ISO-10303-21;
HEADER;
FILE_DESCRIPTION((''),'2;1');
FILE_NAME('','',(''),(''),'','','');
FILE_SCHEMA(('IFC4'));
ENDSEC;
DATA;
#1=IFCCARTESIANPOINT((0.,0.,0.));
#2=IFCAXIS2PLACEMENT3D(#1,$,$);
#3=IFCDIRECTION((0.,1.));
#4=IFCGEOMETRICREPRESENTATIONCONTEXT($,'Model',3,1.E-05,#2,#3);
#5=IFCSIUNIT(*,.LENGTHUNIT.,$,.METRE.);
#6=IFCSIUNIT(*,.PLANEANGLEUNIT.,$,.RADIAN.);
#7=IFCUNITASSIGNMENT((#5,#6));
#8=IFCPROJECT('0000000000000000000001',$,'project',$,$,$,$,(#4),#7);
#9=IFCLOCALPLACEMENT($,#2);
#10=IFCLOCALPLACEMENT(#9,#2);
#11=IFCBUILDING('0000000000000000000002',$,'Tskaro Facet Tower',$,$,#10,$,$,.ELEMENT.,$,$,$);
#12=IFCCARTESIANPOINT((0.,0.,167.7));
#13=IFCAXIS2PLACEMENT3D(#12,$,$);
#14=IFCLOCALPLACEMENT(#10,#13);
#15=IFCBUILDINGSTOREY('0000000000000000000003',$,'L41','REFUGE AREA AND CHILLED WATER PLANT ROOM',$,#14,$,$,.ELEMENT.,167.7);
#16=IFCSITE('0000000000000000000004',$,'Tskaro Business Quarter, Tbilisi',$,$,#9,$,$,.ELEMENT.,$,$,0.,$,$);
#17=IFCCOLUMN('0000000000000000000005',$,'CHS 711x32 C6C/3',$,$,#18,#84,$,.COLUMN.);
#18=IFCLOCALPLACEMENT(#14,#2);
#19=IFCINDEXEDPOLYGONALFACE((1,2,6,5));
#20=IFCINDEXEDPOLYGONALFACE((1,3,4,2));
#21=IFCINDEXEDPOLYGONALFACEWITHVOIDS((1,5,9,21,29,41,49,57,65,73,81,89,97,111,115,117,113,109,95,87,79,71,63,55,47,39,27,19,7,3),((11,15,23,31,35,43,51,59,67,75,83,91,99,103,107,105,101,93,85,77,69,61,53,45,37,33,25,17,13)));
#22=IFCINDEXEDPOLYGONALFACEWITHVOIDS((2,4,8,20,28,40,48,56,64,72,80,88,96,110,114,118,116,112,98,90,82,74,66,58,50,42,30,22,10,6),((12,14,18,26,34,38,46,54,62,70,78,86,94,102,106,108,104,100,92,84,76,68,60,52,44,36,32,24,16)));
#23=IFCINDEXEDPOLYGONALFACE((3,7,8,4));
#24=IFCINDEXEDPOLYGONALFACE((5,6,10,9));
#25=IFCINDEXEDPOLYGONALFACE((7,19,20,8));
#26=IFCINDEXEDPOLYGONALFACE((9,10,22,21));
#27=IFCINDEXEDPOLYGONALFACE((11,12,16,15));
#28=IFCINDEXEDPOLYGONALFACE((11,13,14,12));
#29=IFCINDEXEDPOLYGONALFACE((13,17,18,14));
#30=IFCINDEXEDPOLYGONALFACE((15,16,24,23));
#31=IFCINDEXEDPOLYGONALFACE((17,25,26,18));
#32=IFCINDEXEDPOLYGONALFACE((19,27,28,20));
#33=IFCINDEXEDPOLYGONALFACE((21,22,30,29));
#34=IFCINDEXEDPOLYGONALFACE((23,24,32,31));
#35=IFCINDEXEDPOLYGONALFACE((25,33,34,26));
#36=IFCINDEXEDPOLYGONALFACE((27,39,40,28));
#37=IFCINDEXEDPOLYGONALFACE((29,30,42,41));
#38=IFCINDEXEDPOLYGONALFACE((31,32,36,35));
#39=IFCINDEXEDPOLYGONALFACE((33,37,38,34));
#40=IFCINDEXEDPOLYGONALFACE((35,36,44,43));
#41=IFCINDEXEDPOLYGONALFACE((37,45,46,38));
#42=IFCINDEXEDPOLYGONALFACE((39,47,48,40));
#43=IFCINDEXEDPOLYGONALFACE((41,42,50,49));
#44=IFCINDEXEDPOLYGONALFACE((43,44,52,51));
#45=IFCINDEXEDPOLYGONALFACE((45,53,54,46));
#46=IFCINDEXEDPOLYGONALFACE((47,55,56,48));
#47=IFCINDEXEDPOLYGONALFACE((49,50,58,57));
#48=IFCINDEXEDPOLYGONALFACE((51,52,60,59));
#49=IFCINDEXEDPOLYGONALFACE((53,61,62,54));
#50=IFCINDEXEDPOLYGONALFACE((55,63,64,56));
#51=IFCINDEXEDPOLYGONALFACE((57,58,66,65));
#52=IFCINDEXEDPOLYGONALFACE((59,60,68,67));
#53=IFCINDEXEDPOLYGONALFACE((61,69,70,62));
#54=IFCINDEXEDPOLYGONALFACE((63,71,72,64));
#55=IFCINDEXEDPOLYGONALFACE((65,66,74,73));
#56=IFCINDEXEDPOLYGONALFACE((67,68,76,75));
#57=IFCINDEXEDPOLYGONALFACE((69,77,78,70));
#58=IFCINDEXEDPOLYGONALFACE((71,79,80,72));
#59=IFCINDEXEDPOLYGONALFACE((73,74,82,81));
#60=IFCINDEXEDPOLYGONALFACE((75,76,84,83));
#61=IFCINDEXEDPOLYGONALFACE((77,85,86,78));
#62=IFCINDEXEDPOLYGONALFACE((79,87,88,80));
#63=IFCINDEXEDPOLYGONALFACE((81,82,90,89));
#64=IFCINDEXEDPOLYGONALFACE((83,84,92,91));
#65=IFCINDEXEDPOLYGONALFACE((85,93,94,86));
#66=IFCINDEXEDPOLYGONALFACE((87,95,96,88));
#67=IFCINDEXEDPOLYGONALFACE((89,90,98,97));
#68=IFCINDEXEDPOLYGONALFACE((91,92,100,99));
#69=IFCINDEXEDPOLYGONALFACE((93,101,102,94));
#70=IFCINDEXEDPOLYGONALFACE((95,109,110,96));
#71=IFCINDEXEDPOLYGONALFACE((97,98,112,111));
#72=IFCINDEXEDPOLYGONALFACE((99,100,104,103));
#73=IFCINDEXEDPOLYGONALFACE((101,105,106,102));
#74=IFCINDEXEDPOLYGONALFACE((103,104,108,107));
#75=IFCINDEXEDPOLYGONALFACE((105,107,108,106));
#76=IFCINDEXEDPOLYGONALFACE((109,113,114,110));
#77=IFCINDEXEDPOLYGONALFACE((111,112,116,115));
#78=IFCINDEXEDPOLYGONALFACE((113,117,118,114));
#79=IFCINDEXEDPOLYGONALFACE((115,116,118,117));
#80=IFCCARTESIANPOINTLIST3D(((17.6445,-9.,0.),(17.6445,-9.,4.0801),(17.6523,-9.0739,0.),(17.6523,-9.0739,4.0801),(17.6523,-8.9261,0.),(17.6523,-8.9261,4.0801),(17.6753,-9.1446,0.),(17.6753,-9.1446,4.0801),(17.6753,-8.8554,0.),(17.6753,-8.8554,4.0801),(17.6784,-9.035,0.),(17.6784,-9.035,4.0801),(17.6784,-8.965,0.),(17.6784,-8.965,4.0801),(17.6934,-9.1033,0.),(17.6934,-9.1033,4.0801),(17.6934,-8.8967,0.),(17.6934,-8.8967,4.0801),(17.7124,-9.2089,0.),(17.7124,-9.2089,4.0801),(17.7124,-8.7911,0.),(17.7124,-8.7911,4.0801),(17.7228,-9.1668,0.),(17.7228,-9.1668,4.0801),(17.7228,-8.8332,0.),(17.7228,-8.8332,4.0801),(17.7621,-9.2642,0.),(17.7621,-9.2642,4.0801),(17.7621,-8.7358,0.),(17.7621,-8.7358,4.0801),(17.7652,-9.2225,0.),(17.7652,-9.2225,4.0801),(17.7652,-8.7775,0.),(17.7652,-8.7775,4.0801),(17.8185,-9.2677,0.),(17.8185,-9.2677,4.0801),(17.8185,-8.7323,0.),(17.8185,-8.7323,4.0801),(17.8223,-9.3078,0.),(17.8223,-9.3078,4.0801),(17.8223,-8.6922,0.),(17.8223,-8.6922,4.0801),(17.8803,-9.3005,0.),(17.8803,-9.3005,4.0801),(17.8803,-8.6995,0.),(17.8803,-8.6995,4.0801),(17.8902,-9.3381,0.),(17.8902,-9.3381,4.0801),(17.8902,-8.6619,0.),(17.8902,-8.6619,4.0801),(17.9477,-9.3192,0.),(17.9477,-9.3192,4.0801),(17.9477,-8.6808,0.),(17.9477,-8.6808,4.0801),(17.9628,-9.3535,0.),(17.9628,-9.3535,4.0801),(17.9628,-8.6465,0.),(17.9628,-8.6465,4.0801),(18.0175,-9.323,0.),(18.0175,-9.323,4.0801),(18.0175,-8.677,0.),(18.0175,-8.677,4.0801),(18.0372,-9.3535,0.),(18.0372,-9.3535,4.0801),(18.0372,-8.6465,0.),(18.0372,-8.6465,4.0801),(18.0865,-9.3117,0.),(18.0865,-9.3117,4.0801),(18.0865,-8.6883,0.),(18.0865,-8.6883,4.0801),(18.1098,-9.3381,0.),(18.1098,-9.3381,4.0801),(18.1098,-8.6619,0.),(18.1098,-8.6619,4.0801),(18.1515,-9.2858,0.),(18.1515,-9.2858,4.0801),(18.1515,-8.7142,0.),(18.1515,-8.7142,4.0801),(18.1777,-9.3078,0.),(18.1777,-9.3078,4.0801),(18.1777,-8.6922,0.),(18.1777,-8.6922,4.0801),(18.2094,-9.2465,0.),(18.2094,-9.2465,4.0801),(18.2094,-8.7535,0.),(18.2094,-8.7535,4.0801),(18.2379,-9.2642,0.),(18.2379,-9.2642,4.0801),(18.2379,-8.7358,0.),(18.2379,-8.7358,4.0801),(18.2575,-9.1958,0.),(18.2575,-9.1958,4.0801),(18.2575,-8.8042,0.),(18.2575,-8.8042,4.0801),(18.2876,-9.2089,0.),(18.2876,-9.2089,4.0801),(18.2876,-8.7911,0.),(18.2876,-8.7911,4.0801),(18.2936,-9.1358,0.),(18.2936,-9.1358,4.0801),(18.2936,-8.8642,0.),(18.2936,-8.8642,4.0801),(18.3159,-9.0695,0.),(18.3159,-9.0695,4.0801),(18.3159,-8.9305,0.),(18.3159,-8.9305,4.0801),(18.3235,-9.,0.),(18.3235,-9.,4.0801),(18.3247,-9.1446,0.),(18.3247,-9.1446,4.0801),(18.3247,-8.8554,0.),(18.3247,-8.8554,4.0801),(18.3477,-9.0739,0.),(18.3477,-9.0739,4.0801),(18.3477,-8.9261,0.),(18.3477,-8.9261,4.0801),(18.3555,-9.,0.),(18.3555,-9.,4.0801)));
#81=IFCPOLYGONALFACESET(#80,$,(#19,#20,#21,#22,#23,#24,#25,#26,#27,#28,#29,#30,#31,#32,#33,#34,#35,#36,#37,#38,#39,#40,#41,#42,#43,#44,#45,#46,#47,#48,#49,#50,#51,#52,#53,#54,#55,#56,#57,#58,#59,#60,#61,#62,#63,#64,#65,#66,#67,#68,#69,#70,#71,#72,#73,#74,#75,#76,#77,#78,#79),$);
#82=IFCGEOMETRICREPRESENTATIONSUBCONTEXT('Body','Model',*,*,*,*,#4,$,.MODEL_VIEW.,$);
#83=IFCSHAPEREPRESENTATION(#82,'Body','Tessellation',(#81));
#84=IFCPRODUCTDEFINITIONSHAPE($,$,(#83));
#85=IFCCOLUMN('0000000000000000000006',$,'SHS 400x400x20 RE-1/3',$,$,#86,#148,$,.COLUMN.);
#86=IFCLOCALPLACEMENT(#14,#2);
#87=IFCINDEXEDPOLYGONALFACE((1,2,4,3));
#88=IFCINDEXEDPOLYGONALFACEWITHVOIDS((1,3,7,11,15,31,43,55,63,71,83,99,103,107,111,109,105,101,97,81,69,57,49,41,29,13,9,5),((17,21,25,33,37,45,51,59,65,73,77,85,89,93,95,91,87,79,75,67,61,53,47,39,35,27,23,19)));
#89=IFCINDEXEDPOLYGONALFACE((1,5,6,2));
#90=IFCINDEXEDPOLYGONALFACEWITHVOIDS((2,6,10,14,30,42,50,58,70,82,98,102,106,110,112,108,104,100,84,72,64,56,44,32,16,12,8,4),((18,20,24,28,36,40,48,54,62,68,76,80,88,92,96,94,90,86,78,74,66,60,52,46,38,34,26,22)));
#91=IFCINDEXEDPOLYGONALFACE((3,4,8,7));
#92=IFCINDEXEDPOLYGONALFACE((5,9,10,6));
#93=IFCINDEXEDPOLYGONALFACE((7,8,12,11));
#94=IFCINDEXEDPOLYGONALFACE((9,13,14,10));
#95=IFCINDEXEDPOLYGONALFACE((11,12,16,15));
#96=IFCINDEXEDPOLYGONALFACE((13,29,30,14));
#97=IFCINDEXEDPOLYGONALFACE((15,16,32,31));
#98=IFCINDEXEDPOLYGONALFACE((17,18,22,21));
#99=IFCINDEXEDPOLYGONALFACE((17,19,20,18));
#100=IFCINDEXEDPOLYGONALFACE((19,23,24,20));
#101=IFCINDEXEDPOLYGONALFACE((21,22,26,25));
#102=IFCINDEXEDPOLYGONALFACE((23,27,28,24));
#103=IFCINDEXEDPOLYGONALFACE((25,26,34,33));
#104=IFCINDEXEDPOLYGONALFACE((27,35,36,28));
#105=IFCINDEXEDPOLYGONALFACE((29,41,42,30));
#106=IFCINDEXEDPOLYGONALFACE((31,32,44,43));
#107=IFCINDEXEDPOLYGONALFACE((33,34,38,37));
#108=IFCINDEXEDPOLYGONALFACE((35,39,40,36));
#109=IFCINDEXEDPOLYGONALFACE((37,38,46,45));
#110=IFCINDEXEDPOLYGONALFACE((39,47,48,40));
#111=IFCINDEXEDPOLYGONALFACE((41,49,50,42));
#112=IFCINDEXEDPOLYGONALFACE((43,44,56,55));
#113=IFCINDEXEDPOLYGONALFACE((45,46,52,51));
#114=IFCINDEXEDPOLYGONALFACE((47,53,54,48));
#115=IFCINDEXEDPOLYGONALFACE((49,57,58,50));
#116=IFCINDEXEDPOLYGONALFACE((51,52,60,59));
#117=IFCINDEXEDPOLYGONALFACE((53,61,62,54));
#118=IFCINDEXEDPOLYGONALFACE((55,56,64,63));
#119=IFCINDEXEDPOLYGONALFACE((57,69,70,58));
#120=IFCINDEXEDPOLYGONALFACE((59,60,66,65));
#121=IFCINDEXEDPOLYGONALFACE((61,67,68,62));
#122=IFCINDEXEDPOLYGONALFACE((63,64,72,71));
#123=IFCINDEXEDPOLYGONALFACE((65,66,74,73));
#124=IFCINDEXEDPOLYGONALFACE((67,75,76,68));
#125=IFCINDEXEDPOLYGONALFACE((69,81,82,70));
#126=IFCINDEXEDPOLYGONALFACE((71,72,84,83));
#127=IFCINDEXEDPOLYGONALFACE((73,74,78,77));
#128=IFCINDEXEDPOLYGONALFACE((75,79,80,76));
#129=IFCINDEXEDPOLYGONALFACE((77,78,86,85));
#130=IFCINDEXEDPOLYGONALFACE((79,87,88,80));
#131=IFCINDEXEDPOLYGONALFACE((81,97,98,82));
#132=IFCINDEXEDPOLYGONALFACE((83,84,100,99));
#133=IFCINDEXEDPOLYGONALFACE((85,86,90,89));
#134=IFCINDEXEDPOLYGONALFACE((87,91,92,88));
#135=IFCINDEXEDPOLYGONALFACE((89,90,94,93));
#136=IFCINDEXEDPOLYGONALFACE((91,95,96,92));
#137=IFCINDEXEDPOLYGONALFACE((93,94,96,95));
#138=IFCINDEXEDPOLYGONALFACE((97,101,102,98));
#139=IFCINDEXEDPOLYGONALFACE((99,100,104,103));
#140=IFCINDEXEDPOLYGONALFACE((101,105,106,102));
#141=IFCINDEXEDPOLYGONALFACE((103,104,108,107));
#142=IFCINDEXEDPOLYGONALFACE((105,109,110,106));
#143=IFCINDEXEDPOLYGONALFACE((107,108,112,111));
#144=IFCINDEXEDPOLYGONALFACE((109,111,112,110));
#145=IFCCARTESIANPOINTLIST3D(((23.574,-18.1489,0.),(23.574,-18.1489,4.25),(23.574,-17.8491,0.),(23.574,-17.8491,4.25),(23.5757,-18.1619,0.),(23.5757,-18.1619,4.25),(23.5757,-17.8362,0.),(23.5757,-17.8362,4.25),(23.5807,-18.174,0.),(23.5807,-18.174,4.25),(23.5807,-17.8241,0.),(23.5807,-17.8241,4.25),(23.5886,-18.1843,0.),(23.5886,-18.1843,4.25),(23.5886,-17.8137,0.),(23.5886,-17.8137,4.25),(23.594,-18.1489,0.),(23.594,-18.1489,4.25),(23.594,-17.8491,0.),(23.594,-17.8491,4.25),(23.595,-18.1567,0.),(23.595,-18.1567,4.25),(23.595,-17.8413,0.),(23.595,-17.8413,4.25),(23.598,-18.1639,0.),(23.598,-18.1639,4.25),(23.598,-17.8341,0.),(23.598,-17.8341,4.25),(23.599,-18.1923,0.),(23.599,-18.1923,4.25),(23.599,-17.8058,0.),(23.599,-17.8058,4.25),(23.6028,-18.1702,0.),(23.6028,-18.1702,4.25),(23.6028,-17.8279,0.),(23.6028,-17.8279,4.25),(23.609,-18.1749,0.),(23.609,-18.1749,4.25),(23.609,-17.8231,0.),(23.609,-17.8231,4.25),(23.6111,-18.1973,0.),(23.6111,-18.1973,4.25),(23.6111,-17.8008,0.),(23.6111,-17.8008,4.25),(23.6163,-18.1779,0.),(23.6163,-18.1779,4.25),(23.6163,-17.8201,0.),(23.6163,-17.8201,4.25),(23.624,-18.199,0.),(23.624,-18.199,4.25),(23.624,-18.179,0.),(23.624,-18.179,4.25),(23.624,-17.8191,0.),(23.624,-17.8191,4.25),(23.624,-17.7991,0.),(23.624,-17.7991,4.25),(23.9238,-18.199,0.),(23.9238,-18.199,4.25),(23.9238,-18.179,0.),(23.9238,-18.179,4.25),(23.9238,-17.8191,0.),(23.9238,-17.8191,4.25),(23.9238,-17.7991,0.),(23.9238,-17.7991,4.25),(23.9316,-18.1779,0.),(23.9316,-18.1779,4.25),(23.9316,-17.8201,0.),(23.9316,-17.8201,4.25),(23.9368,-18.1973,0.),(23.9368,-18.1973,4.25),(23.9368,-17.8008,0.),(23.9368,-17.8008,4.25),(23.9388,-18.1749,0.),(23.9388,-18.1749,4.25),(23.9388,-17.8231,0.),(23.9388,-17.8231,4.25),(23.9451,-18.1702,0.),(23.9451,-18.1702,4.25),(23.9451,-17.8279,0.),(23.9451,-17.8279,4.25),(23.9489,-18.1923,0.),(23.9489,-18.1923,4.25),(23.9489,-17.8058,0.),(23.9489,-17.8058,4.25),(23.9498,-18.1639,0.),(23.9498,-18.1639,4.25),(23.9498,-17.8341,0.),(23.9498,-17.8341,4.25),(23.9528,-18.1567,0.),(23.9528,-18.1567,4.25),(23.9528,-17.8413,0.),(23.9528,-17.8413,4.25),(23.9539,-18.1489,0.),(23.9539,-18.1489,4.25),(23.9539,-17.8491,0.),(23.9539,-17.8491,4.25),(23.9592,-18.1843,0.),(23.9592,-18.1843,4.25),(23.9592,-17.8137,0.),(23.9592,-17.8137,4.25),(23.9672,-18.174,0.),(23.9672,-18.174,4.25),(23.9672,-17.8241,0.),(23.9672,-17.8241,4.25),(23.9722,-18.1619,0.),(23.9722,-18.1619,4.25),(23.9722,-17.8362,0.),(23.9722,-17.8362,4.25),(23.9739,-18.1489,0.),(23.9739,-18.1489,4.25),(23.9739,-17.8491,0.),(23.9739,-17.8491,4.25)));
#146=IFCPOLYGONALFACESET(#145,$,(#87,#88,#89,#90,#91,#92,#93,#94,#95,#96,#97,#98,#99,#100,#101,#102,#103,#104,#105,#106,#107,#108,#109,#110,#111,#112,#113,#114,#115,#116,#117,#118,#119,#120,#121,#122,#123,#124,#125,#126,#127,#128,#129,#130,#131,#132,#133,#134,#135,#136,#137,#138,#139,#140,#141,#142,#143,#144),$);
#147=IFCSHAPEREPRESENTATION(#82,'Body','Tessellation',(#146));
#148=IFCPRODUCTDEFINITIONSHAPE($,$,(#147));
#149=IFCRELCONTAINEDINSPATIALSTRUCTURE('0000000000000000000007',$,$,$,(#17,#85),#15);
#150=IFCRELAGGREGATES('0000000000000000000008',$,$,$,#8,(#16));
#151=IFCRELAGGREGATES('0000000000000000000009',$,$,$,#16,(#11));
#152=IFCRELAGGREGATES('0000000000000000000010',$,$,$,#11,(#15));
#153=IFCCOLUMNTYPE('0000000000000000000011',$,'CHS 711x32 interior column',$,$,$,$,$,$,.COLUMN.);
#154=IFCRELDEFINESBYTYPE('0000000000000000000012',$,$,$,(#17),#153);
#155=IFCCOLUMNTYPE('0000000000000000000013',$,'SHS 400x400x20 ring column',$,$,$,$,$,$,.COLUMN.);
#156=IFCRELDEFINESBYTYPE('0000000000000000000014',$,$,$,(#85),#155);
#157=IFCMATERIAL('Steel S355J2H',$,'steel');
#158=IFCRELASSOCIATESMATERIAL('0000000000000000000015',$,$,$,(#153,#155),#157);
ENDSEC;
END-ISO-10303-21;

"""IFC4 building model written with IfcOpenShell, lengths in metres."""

from ifc_helpers import new_model, si_unit, direction, frame, origin, origin_2d, place, context, subcontext, project, spatial, hollow_rectangle, hollow_circle, extrude, material, material_profile, profile_set, type_object, element, save


model = new_model("IFC4")

# Units and contexts
model_context = context("Model", 3, precision=1e-05, world=origin(), true_north=direction((0.0, 1.0)))
body_context = subcontext(model_context, "Body", "Model", "MODEL_VIEW")
ifc_project = project(units=[si_unit("LENGTHUNIT", "METRE"), si_unit("PLANEANGLEUNIT", "RADIAN")], contexts=[model_context])

# Site, building, storey
site_placement = place(None, origin())
site = spatial("IfcSite", under=ifc_project, at=site_placement, Name="Tskaro Business Quarter, Tbilisi", CompositionType="ELEMENT", RefElevation=0.0)
building_placement = place(site_placement, origin())
building = spatial("IfcBuilding", under=site, at=building_placement, Name="Tskaro Facet Tower", CompositionType="ELEMENT")
storey_placement = place(building_placement, frame((0.0, 0.0, 167.7)))
storey = spatial("IfcBuildingStorey", under=building, at=storey_placement, Name="L41", Description="REFUGE AREA AND CHILLED WATER PLANT ROOM", CompositionType="ELEMENT", Elevation=167.7)

# Columns
ifc_material_1 = material(Name="Steel S355J2H", Category="steel")
ifc_material_profile_1 = material_profile(ifc_material_1, hollow_circle(Radius=0.3555, WallThickness=0.032, at=origin_2d()), Name="CHS 711x32")
ifc_profile_set_1 = profile_set([ifc_material_profile_1], Name="Steel S355J2H")
column_type_1 = type_object("IfcColumnType", Name="CHS 711x32 interior column", PredefinedType="COLUMN", material=ifc_profile_set_1)
column_placement = place(storey_placement, frame((18.0, -9.0, 0.0), z_axis=(0.0, 0.0, 1.0), x_axis=(1.0, 0.0, 0.0)))
element("IfcColumn", 1, at=column_placement, inside=storey, type_object=column_type_1, Name="CHS 711x32 C6C/3", PredefinedType="COLUMN", context=body_context, shape_type="SweptSolid", body=[
    extrude(hollow_circle(Radius=0.3555, WallThickness=0.032, at=origin_2d()), origin(), (0.0, 0.0, 1.0), 4.0801),
])
ifc_material_profile_2 = material_profile(ifc_material_1, hollow_rectangle(XDim=0.3999, YDim=0.3999, WallThickness=0.02, InnerFilletRadius=0.03, OuterFilletRadius=0.05, at=origin_2d()), Name="SHS 400x400x20")
ifc_profile_set_2 = profile_set([ifc_material_profile_2], Name="Steel S355J2H")
column_type_2 = type_object("IfcColumnType", Name="SHS 400x400x20 ring column", PredefinedType="COLUMN", material=ifc_profile_set_2)
for number, where, z_axis, x_axis, name in (
    (2, (23.7739, -17.999, 0.0), (0.0, 0.0, 1.0), (1.0, 0.0, 0.0), "SHS 400x400x20 RE-1/3"),
):
    element("IfcColumn", number, at=place(storey_placement, frame(where, z_axis=z_axis, x_axis=x_axis)), inside=storey, type_object=column_type_2, Name=name, PredefinedType="COLUMN", context=body_context, shape_type="SweptSolid", body=[
        extrude(hollow_rectangle(XDim=0.3999, YDim=0.3999, WallThickness=0.02, InnerFilletRadius=0.03, OuterFilletRadius=0.05, at=origin_2d()), origin(), (0.0, 0.0, 1.0), 4.25),
    ])

save(model, "model.ifc")
